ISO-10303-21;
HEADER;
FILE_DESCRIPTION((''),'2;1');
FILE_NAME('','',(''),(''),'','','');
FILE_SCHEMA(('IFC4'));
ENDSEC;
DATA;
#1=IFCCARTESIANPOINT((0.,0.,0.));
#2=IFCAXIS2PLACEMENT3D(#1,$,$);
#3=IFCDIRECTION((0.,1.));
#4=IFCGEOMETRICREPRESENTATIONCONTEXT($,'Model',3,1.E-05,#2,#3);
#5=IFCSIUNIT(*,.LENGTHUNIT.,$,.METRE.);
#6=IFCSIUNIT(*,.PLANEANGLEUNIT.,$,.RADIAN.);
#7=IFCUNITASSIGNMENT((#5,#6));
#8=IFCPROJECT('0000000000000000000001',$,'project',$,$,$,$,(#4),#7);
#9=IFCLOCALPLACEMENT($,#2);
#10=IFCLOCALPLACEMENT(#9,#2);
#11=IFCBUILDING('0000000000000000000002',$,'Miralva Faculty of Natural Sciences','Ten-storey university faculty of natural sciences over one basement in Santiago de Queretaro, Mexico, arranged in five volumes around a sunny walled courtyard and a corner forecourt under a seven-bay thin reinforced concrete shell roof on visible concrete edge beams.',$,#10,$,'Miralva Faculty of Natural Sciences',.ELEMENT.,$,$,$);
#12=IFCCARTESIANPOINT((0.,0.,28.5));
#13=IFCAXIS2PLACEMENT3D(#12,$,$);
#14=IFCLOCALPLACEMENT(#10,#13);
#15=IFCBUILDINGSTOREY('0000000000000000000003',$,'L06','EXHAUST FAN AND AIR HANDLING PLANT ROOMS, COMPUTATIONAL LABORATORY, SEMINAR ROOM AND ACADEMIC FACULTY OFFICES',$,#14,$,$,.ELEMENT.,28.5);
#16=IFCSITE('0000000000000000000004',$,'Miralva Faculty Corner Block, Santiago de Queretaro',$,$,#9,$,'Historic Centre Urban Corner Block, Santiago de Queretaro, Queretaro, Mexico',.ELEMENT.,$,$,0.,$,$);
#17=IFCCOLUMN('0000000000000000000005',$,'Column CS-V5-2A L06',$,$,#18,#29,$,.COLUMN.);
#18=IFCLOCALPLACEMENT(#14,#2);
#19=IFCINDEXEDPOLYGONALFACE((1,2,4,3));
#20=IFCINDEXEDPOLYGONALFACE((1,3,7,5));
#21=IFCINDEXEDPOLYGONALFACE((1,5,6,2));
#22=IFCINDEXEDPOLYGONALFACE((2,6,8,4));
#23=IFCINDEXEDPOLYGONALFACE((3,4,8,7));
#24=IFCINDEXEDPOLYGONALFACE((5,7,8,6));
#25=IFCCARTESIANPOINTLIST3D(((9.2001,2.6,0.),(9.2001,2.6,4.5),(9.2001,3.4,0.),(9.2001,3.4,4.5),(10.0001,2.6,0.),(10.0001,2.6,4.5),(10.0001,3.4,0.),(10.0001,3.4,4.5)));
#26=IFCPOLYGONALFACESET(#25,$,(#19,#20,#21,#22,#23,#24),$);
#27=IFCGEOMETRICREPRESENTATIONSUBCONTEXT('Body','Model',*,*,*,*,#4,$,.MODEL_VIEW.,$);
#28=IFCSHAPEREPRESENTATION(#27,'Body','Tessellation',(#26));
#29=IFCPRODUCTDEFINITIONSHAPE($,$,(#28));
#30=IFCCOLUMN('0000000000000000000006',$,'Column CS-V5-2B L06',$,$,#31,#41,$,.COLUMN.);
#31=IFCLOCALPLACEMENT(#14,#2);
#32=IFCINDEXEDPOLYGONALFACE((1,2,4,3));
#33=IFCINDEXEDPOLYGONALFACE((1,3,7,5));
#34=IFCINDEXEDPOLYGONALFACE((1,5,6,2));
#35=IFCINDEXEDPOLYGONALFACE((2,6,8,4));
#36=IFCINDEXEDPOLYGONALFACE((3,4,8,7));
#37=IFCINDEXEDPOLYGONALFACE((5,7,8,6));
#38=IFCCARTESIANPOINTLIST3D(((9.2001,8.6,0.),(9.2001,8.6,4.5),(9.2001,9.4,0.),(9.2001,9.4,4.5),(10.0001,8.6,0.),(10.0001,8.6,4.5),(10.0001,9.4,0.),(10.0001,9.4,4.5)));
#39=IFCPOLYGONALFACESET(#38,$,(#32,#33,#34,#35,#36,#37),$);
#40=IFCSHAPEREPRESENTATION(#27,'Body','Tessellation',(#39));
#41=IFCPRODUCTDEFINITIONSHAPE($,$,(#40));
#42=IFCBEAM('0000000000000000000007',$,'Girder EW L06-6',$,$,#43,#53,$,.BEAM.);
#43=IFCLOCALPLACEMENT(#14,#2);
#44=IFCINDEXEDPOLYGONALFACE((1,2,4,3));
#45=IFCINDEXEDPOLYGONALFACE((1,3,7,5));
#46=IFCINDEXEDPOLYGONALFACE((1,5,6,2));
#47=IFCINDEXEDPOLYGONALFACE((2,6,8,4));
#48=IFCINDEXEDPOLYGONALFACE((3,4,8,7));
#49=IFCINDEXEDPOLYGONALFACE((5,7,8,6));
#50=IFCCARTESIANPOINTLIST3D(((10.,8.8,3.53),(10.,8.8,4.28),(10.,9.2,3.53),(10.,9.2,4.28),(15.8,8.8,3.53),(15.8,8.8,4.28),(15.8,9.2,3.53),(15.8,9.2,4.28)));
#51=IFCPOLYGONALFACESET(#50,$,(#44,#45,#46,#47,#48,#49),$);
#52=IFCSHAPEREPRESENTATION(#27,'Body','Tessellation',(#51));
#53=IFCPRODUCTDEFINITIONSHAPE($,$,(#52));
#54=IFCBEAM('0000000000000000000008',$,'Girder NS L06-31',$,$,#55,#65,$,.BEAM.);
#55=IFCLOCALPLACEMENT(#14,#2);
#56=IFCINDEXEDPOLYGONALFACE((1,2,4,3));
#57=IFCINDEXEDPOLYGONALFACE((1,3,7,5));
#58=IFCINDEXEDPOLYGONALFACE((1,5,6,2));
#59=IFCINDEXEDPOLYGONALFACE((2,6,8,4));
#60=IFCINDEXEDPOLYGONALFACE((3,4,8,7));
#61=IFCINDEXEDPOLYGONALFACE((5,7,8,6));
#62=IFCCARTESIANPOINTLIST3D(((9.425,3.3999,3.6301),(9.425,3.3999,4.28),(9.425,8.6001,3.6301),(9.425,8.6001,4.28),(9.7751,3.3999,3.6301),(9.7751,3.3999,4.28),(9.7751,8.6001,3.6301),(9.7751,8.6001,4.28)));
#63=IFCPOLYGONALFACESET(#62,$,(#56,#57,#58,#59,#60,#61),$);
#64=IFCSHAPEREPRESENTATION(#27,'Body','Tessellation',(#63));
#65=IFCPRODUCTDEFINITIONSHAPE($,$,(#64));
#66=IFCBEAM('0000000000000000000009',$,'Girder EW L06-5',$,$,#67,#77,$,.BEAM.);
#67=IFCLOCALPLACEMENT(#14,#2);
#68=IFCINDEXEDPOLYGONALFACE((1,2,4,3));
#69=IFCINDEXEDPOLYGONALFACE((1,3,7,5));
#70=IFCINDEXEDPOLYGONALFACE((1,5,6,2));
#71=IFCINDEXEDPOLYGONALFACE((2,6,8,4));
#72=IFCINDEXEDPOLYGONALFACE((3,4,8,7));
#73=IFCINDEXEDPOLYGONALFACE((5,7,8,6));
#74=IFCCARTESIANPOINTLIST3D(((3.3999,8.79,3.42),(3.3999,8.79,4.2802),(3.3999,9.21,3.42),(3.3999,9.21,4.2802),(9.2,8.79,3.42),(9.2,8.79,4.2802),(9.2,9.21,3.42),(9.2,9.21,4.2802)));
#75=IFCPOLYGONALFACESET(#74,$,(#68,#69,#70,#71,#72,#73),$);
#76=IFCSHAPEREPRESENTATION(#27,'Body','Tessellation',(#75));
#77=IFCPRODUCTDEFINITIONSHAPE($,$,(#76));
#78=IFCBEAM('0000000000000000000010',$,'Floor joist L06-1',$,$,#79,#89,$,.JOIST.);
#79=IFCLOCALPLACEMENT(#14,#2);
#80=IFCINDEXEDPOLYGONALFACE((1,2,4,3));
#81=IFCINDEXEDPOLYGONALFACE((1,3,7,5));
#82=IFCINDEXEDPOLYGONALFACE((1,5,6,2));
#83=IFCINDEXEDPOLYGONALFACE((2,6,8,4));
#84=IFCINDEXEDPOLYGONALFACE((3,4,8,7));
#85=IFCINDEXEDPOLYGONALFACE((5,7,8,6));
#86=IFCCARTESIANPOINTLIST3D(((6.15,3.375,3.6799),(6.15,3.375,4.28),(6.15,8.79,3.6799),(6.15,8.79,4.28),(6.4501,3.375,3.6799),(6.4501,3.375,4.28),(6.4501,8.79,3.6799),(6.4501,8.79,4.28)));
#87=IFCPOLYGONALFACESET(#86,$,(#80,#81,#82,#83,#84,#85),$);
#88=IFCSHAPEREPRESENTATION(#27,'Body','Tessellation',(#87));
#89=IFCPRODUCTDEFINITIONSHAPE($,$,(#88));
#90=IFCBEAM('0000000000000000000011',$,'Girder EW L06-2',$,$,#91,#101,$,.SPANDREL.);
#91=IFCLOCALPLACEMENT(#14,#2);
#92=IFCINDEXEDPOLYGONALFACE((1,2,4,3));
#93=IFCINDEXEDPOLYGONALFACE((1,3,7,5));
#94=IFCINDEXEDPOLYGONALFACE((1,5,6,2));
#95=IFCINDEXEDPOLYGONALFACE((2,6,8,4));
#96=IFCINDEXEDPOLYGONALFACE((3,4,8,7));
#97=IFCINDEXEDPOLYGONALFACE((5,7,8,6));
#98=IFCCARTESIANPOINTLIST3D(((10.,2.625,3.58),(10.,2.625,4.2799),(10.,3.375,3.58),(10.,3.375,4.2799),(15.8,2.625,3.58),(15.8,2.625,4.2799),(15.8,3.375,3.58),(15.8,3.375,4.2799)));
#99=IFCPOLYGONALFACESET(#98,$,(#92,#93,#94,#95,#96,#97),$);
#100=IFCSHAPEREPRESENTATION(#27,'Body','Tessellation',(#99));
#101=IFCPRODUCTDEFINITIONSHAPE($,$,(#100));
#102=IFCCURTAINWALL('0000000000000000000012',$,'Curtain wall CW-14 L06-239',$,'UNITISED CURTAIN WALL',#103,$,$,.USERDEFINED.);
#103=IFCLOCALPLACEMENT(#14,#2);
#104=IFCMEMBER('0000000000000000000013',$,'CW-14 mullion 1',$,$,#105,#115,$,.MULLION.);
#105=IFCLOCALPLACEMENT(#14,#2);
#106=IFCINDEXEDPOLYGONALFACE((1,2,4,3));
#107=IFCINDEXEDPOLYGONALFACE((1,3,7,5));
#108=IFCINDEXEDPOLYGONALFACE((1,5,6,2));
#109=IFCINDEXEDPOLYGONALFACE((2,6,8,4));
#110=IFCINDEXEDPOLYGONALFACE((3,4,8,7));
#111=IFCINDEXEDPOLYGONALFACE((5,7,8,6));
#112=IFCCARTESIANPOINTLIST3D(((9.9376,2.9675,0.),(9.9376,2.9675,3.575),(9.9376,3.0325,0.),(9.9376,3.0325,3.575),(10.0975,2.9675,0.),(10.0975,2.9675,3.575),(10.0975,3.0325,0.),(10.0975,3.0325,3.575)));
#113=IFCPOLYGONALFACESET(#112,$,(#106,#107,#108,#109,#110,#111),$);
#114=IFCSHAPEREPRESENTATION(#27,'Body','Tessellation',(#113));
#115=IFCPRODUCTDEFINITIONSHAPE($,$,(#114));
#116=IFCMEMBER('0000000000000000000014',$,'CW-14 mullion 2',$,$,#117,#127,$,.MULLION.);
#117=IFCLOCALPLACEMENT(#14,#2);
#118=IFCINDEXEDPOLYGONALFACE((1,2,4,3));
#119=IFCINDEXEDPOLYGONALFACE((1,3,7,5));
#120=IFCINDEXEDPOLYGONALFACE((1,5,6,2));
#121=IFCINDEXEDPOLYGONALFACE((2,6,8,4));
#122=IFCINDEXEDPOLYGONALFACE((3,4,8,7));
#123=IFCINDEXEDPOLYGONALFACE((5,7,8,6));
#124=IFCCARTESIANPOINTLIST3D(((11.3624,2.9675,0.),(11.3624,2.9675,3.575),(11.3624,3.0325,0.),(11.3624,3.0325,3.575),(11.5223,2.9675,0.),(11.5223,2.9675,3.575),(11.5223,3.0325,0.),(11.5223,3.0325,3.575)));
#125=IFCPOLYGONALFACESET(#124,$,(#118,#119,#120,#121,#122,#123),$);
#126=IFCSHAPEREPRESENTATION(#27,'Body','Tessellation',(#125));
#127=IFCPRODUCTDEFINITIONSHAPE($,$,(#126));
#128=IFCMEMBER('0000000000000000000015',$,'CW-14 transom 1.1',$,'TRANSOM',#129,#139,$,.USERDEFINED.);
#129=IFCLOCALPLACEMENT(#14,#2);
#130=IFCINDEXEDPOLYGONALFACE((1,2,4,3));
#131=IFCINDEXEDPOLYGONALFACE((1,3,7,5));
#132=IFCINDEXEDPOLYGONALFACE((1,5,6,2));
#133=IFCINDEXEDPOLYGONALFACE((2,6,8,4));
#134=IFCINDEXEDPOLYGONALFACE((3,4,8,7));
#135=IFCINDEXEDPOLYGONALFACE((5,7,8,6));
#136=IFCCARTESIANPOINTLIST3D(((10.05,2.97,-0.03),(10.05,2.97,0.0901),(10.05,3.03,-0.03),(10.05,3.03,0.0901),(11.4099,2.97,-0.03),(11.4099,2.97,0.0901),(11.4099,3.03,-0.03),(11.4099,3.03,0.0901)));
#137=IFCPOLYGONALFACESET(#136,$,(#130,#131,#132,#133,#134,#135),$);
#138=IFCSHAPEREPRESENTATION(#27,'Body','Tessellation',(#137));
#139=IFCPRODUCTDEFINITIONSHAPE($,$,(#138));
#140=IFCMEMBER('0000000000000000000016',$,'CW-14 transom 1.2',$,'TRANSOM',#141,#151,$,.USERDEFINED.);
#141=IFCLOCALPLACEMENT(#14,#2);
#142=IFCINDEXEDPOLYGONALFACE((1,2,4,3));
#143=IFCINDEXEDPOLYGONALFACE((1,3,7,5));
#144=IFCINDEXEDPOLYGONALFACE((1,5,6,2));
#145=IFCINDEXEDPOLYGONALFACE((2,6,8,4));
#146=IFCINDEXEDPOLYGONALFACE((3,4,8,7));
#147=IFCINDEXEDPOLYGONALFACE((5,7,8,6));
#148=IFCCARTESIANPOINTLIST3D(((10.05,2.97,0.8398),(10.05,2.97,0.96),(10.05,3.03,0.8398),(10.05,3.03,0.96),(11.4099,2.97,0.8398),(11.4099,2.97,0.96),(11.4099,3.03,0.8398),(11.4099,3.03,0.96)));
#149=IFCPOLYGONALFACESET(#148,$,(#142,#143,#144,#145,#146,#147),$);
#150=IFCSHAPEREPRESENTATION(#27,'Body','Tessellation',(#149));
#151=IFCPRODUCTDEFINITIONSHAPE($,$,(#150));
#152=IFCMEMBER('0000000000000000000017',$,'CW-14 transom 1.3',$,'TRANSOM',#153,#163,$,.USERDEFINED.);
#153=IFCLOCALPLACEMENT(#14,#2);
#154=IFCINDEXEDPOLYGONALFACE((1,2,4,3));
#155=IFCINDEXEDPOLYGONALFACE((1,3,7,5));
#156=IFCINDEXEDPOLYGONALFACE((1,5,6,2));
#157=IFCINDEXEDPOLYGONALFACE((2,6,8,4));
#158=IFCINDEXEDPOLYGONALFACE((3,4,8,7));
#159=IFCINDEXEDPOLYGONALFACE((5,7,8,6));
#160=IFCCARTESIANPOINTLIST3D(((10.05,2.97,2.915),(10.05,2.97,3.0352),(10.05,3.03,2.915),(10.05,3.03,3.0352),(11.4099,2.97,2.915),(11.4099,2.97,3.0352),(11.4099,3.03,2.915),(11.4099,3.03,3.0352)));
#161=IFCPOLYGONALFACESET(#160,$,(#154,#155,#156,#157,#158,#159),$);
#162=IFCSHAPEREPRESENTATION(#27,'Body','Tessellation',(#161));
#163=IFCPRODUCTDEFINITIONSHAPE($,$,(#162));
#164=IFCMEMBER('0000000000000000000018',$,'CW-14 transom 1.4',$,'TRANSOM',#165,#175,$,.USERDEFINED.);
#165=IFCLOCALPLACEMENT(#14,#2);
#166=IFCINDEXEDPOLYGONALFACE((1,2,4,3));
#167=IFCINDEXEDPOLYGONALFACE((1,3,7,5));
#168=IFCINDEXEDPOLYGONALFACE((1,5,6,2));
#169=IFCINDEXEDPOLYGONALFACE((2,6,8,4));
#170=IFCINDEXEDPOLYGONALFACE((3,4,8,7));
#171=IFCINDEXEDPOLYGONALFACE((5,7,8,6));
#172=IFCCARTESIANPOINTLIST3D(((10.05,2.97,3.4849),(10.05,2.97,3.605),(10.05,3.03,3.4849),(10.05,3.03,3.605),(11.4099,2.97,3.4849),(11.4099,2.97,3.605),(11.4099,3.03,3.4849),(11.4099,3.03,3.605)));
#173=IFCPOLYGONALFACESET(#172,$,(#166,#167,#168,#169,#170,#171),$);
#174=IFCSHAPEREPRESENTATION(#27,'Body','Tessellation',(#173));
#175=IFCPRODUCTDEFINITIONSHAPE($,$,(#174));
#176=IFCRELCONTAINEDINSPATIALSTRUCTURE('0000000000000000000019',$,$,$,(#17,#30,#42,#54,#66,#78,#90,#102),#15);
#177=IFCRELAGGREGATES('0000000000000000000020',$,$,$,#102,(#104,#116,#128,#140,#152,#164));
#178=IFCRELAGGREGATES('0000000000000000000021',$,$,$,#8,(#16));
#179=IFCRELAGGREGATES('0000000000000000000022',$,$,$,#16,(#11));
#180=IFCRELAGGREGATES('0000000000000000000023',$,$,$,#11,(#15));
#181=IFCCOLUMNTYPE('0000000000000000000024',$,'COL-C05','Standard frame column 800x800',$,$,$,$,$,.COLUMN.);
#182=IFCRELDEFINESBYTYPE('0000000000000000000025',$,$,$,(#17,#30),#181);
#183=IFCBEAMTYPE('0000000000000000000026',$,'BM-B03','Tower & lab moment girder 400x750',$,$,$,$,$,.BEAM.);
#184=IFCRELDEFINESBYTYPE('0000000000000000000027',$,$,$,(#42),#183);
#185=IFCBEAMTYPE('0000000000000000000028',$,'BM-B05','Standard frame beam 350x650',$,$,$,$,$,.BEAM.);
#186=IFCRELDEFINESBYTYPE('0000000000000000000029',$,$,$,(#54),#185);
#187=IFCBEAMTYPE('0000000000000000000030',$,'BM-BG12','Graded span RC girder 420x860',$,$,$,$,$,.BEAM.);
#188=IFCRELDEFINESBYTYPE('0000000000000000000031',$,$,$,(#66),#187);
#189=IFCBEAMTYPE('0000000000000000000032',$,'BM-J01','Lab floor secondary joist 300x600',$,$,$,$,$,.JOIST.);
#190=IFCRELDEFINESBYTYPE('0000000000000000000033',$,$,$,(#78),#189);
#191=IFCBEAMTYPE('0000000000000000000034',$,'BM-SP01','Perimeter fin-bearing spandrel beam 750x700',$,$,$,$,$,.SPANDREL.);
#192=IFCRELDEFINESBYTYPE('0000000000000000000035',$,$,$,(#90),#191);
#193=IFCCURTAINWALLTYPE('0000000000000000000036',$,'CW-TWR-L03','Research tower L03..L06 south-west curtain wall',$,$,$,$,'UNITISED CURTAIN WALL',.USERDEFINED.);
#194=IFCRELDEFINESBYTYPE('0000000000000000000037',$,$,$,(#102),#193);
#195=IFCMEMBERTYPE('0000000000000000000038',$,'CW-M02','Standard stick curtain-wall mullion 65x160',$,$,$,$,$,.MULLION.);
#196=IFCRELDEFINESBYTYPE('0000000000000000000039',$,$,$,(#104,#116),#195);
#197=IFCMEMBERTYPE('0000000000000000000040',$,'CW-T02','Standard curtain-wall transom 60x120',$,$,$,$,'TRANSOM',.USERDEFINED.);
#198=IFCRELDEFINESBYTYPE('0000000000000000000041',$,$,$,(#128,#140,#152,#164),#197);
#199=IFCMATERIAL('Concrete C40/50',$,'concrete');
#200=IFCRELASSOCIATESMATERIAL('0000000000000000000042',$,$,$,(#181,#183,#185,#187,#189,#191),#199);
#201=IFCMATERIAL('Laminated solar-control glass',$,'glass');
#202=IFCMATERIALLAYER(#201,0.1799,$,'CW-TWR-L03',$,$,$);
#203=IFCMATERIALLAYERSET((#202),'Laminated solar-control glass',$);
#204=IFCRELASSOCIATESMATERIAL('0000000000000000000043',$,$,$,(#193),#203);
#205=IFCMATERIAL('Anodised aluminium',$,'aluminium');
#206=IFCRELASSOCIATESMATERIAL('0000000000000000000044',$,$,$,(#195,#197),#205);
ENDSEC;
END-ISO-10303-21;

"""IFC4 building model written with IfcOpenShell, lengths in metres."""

from ifc_helpers import new_model, si_unit, direction, frame, origin, origin_2d, place, context, subcontext, project, spatial, rectangle, extrude, material, layer, layer_set, material_profile, profile_set, type_object, element, aggregate, save


model = new_model("IFC4")

# Units and contexts
model_context = context("Model", 3, precision=1e-05, world=origin(), true_north=direction((0.0, 1.0)))
body_context = subcontext(model_context, "Body", "Model", "MODEL_VIEW")
ifc_project = project(units=[si_unit("LENGTHUNIT", "METRE"), si_unit("PLANEANGLEUNIT", "RADIAN")], contexts=[model_context])

# Site, building, storey
site_placement = place(None, origin())
site = spatial("IfcSite", under=ifc_project, at=site_placement, Name="Miralva Faculty Corner Block, Santiago de Queretaro", LongName="Historic Centre Urban Corner Block, Santiago de Queretaro, Queretaro, Mexico", CompositionType="ELEMENT", RefElevation=0.0)
building_placement = place(site_placement, origin())
building = spatial("IfcBuilding", under=site, at=building_placement, Name="Miralva Faculty of Natural Sciences", Description="Ten-storey university faculty of natural sciences over one basement in Santiago de Queretaro, Mexico, arranged in five volumes around a sunny walled courtyard and a corner forecourt under a seven-bay thin reinforced concrete shell roof on visible concrete edge beams.", LongName="Miralva Faculty of Natural Sciences", CompositionType="ELEMENT")
storey_placement = place(building_placement, frame((0.0, 0.0, 28.5)))
storey = spatial("IfcBuildingStorey", under=building, at=storey_placement, Name="L06", Description="EXHAUST FAN AND AIR HANDLING PLANT ROOMS, COMPUTATIONAL LABORATORY, SEMINAR ROOM AND ACADEMIC FACULTY OFFICES", CompositionType="ELEMENT", Elevation=28.5)

# Columns
ifc_material_1 = material(Name="Concrete C40/50", Category="concrete")
ifc_material_profile_1 = material_profile(ifc_material_1, rectangle(XDim=0.8, YDim=0.8, at=origin_2d()), Name="RC 800x800")
ifc_profile_set_1 = profile_set([ifc_material_profile_1], Name="Concrete C40/50")
column_type = type_object("IfcColumnType", Name="COL-C05", Description="Standard frame column 800x800", PredefinedType="COLUMN", material=ifc_profile_set_1)
for number, where, z_axis, x_axis, name in (
    (1, (9.6001, 3.0, 0.0), (0.0, 0.0, 1.0), (1.0, 0.0, 0.0), "Column CS-V5-2A L06"),
    (2, (9.6001, 9.0, 0.0), (0.0, 0.0, 1.0), (1.0, 0.0, 0.0), "Column CS-V5-2B L06"),
):
    element("IfcColumn", number, at=place(storey_placement, frame(where, z_axis=z_axis, x_axis=x_axis)), inside=storey, type_object=column_type, Name=name, PredefinedType="COLUMN", context=body_context, shape_type="SweptSolid", body=[
        extrude(rectangle(XDim=0.8, YDim=0.8, at=origin_2d()), origin(), (0.0, 0.0, 1.0), 4.5),
    ])

# Beams
ifc_material_profile_2 = material_profile(ifc_material_1, rectangle(XDim=0.3999, YDim=0.75, at=origin_2d()), Name="RC 400x750")
ifc_profile_set_2 = profile_set([ifc_material_profile_2], Name="Concrete C40/50")
beam_type_1 = type_object("IfcBeamType", Name="BM-B03", Description="Tower & lab moment girder 400x750", PredefinedType="BEAM", material=ifc_profile_set_2)
beam_1_placement = place(storey_placement, frame((10.0, 9.0, 3.905), z_axis=(1.0, 0.0, 0.0), x_axis=(0.0, 1.0, 0.0)))
element("IfcBeam", 3, at=beam_1_placement, inside=storey, type_object=beam_type_1, Name="Girder EW L06-6", PredefinedType="BEAM", context=body_context, shape_type="SweptSolid", body=[
    extrude(rectangle(XDim=0.3999, YDim=0.75, at=origin_2d()), origin(), (0.0, 0.0, 1.0), 5.8),
])
ifc_material_profile_3 = material_profile(ifc_material_1, rectangle(XDim=0.3501, YDim=0.6499, at=origin_2d()), Name="RC 350x650")
ifc_profile_set_3 = profile_set([ifc_material_profile_3], Name="Concrete C40/50")
beam_type_2 = type_object("IfcBeamType", Name="BM-B05", Description="Standard frame beam 350x650", PredefinedType="BEAM", material=ifc_profile_set_3)
beam_2_placement = place(storey_placement, frame((9.6001, 3.3999, 3.9551), z_axis=(0.0, 1.0, 0.0), x_axis=(-1.0, 0.0, 0.0)))
element("IfcBeam", 4, at=beam_2_placement, inside=storey, type_object=beam_type_2, Name="Girder NS L06-31", PredefinedType="BEAM", context=body_context, shape_type="SweptSolid", body=[
    extrude(rectangle(XDim=0.3501, YDim=0.6499, at=origin_2d()), origin(), (0.0, 0.0, 1.0), 5.2002),
])
ifc_material_profile_4 = material_profile(ifc_material_1, rectangle(XDim=0.4199, YDim=0.8601, at=origin_2d()), Name="RC 420x860")
ifc_profile_set_4 = profile_set([ifc_material_profile_4], Name="Concrete C40/50")
beam_type_3 = type_object("IfcBeamType", Name="BM-BG12", Description="Graded span RC girder 420x860", PredefinedType="BEAM", material=ifc_profile_set_4)
beam_3_placement = place(storey_placement, frame((3.3999, 9.0, 3.8501), z_axis=(1.0, 0.0, 0.0), x_axis=(0.0, 1.0, 0.0)))
element("IfcBeam", 5, at=beam_3_placement, inside=storey, type_object=beam_type_3, Name="Girder EW L06-5", PredefinedType="BEAM", context=body_context, shape_type="SweptSolid", body=[
    extrude(rectangle(XDim=0.4199, YDim=0.8601, at=origin_2d()), origin(), (0.0, 0.0, 1.0), 5.8),
])
ifc_material_profile_5 = material_profile(ifc_material_1, rectangle(XDim=0.3, YDim=0.6001, at=origin_2d()), Name="RC 300x600")
ifc_profile_set_5 = profile_set([ifc_material_profile_5], Name="Concrete C40/50")
beam_type_4 = type_object("IfcBeamType", Name="BM-J01", Description="Lab floor secondary joist 300x600", PredefinedType="JOIST", material=ifc_profile_set_5)
beam_4_placement = place(storey_placement, frame((6.3, 3.375, 3.98), z_axis=(0.0, 1.0, 0.0), x_axis=(-1.0, 0.0, 0.0)))
element("IfcBeam", 6, at=beam_4_placement, inside=storey, type_object=beam_type_4, Name="Floor joist L06-1", PredefinedType="JOIST", context=body_context, shape_type="SweptSolid", body=[
    extrude(rectangle(XDim=0.3, YDim=0.6001, at=origin_2d()), origin(), (0.0, 0.0, 1.0), 5.415),
])
ifc_material_profile_6 = material_profile(ifc_material_1, rectangle(XDim=0.75, YDim=0.7, at=origin_2d()), Name="RC 750x700")
ifc_profile_set_6 = profile_set([ifc_material_profile_6], Name="Concrete C40/50")
beam_type_5 = type_object("IfcBeamType", Name="BM-SP01", Description="Perimeter fin-bearing spandrel beam 750x700", PredefinedType="SPANDREL", material=ifc_profile_set_6)
beam_5_placement = place(storey_placement, frame((10.0, 3.0, 3.9299), z_axis=(1.0, 0.0, 0.0), x_axis=(0.0, 1.0, 0.0)))
element("IfcBeam", 7, at=beam_5_placement, inside=storey, type_object=beam_type_5, Name="Girder EW L06-2", PredefinedType="SPANDREL", context=body_context, shape_type="SweptSolid", body=[
    extrude(rectangle(XDim=0.75, YDim=0.7, at=origin_2d()), origin(), (0.0, 0.0, 1.0), 5.8),
])

# Curtain wall, members
ifc_material_2 = material(Name="Laminated solar-control glass", Category="glass")
ifc_layer_1 = layer(ifc_material_2, 0.1799, Name="CW-TWR-L03")
ifc_layer_set_1 = layer_set([ifc_layer_1], Name="Laminated solar-control glass")
curtain_wall_type = type_object("IfcCurtainWallType", Name="CW-TWR-L03", Description="Research tower L03..L06 south-west curtain wall", ElementType="UNITISED CURTAIN WALL", PredefinedType="USERDEFINED", material=ifc_layer_set_1)
curtain_wall_placement = place(storey_placement, origin())
curtain_wall = element("IfcCurtainWall", 8, at=curtain_wall_placement, inside=storey, type_object=curtain_wall_type, Name="Curtain wall CW-14 L06-239", ObjectType="UNITISED CURTAIN WALL", PredefinedType="USERDEFINED")
ifc_material_3 = material(Name="Anodised aluminium", Category="aluminium")
ifc_material_profile_7 = material_profile(ifc_material_3, rectangle(XDim=0.0649, YDim=0.1599, at=origin_2d()), Name="MULLION 65x160")
ifc_profile_set_7 = profile_set([ifc_material_profile_7], Name="Anodised aluminium")
member_type_1 = type_object("IfcMemberType", Name="CW-M02", Description="Standard stick curtain-wall mullion 65x160", PredefinedType="MULLION", material=ifc_profile_set_7)
member_1_placement = place(storey_placement, frame((10.0176, 3.0, 0.0), z_axis=(0.0, 0.0, 1.0), x_axis=(0.0, 1.0, 0.0)))
member_1 = element("IfcMember", 9, at=member_1_placement, type_object=member_type_1, Name="CW-14 mullion 1", PredefinedType="MULLION", context=body_context, shape_type="SweptSolid", body=[
    extrude(rectangle(XDim=0.0649, YDim=0.1599, at=origin_2d()), origin(), (0.0, 0.0, 1.0), 3.575),
])
member_2_placement = place(storey_placement, frame((11.4424, 3.0, 0.0), z_axis=(0.0, 0.0, 1.0), x_axis=(0.0, 1.0, 0.0)))
member_2 = element("IfcMember", 10, at=member_2_placement, type_object=member_type_1, Name="CW-14 mullion 2", PredefinedType="MULLION", context=body_context, shape_type="SweptSolid", body=[
    extrude(rectangle(XDim=0.0649, YDim=0.1599, at=origin_2d()), origin(), (0.0, 0.0, 1.0), 3.575),
])
ifc_material_profile_8 = material_profile(ifc_material_3, rectangle(XDim=0.0601, YDim=0.1201, at=origin_2d()), Name="TRANSOM 60x120")
ifc_profile_set_8 = profile_set([ifc_material_profile_8], Name="Anodised aluminium")
member_type_2 = type_object("IfcMemberType", Name="CW-T02", Description="Standard curtain-wall transom 60x120", ElementType="TRANSOM", PredefinedType="USERDEFINED", material=ifc_profile_set_8)
member_3_placement = place(storey_placement, frame((10.05, 3.0, 0.03), z_axis=(1.0, 0.0, 0.0), x_axis=(0.0, 1.0, 0.0)))
member_3 = element("IfcMember", 11, at=member_3_placement, type_object=member_type_2, Name="CW-14 transom 1.1", ObjectType="TRANSOM", PredefinedType="USERDEFINED", context=body_context, shape_type="SweptSolid", body=[
    extrude(rectangle(XDim=0.0601, YDim=0.1201, at=origin_2d()), origin(), (0.0, 0.0, 1.0), 1.3599),
])
member_4_placement = place(storey_placement, frame((10.05, 3.0, 0.8999), z_axis=(1.0, 0.0, 0.0), x_axis=(0.0, 1.0, 0.0)))
member_4 = element("IfcMember", 12, at=member_4_placement, type_object=member_type_2, Name="CW-14 transom 1.2", ObjectType="TRANSOM", PredefinedType="USERDEFINED", context=body_context, shape_type="SweptSolid", body=[
    extrude(rectangle(XDim=0.0601, YDim=0.1201, at=origin_2d()), origin(), (0.0, 0.0, 1.0), 1.3599),
])
member_5_placement = place(storey_placement, frame((10.05, 3.0, 2.9751), z_axis=(1.0, 0.0, 0.0), x_axis=(0.0, 1.0, 0.0)))
member_5 = element("IfcMember", 13, at=member_5_placement, type_object=member_type_2, Name="CW-14 transom 1.3", ObjectType="TRANSOM", PredefinedType="USERDEFINED", context=body_context, shape_type="SweptSolid", body=[
    extrude(rectangle(XDim=0.0601, YDim=0.1201, at=origin_2d()), origin(), (0.0, 0.0, 1.0), 1.3599),
])
member_6_placement = place(storey_placement, frame((10.05, 3.0, 3.5449), z_axis=(1.0, 0.0, 0.0), x_axis=(0.0, 1.0, 0.0)))
member_6 = element("IfcMember", 14, at=member_6_placement, type_object=member_type_2, Name="CW-14 transom 1.4", ObjectType="TRANSOM", PredefinedType="USERDEFINED", context=body_context, shape_type="SweptSolid", body=[
    extrude(rectangle(XDim=0.0601, YDim=0.1201, at=origin_2d()), origin(), (0.0, 0.0, 1.0), 1.3599),
])

aggregate(curtain_wall, [member_1, member_2, member_3, member_4, member_5, member_6])

save(model, "model.ifc")
